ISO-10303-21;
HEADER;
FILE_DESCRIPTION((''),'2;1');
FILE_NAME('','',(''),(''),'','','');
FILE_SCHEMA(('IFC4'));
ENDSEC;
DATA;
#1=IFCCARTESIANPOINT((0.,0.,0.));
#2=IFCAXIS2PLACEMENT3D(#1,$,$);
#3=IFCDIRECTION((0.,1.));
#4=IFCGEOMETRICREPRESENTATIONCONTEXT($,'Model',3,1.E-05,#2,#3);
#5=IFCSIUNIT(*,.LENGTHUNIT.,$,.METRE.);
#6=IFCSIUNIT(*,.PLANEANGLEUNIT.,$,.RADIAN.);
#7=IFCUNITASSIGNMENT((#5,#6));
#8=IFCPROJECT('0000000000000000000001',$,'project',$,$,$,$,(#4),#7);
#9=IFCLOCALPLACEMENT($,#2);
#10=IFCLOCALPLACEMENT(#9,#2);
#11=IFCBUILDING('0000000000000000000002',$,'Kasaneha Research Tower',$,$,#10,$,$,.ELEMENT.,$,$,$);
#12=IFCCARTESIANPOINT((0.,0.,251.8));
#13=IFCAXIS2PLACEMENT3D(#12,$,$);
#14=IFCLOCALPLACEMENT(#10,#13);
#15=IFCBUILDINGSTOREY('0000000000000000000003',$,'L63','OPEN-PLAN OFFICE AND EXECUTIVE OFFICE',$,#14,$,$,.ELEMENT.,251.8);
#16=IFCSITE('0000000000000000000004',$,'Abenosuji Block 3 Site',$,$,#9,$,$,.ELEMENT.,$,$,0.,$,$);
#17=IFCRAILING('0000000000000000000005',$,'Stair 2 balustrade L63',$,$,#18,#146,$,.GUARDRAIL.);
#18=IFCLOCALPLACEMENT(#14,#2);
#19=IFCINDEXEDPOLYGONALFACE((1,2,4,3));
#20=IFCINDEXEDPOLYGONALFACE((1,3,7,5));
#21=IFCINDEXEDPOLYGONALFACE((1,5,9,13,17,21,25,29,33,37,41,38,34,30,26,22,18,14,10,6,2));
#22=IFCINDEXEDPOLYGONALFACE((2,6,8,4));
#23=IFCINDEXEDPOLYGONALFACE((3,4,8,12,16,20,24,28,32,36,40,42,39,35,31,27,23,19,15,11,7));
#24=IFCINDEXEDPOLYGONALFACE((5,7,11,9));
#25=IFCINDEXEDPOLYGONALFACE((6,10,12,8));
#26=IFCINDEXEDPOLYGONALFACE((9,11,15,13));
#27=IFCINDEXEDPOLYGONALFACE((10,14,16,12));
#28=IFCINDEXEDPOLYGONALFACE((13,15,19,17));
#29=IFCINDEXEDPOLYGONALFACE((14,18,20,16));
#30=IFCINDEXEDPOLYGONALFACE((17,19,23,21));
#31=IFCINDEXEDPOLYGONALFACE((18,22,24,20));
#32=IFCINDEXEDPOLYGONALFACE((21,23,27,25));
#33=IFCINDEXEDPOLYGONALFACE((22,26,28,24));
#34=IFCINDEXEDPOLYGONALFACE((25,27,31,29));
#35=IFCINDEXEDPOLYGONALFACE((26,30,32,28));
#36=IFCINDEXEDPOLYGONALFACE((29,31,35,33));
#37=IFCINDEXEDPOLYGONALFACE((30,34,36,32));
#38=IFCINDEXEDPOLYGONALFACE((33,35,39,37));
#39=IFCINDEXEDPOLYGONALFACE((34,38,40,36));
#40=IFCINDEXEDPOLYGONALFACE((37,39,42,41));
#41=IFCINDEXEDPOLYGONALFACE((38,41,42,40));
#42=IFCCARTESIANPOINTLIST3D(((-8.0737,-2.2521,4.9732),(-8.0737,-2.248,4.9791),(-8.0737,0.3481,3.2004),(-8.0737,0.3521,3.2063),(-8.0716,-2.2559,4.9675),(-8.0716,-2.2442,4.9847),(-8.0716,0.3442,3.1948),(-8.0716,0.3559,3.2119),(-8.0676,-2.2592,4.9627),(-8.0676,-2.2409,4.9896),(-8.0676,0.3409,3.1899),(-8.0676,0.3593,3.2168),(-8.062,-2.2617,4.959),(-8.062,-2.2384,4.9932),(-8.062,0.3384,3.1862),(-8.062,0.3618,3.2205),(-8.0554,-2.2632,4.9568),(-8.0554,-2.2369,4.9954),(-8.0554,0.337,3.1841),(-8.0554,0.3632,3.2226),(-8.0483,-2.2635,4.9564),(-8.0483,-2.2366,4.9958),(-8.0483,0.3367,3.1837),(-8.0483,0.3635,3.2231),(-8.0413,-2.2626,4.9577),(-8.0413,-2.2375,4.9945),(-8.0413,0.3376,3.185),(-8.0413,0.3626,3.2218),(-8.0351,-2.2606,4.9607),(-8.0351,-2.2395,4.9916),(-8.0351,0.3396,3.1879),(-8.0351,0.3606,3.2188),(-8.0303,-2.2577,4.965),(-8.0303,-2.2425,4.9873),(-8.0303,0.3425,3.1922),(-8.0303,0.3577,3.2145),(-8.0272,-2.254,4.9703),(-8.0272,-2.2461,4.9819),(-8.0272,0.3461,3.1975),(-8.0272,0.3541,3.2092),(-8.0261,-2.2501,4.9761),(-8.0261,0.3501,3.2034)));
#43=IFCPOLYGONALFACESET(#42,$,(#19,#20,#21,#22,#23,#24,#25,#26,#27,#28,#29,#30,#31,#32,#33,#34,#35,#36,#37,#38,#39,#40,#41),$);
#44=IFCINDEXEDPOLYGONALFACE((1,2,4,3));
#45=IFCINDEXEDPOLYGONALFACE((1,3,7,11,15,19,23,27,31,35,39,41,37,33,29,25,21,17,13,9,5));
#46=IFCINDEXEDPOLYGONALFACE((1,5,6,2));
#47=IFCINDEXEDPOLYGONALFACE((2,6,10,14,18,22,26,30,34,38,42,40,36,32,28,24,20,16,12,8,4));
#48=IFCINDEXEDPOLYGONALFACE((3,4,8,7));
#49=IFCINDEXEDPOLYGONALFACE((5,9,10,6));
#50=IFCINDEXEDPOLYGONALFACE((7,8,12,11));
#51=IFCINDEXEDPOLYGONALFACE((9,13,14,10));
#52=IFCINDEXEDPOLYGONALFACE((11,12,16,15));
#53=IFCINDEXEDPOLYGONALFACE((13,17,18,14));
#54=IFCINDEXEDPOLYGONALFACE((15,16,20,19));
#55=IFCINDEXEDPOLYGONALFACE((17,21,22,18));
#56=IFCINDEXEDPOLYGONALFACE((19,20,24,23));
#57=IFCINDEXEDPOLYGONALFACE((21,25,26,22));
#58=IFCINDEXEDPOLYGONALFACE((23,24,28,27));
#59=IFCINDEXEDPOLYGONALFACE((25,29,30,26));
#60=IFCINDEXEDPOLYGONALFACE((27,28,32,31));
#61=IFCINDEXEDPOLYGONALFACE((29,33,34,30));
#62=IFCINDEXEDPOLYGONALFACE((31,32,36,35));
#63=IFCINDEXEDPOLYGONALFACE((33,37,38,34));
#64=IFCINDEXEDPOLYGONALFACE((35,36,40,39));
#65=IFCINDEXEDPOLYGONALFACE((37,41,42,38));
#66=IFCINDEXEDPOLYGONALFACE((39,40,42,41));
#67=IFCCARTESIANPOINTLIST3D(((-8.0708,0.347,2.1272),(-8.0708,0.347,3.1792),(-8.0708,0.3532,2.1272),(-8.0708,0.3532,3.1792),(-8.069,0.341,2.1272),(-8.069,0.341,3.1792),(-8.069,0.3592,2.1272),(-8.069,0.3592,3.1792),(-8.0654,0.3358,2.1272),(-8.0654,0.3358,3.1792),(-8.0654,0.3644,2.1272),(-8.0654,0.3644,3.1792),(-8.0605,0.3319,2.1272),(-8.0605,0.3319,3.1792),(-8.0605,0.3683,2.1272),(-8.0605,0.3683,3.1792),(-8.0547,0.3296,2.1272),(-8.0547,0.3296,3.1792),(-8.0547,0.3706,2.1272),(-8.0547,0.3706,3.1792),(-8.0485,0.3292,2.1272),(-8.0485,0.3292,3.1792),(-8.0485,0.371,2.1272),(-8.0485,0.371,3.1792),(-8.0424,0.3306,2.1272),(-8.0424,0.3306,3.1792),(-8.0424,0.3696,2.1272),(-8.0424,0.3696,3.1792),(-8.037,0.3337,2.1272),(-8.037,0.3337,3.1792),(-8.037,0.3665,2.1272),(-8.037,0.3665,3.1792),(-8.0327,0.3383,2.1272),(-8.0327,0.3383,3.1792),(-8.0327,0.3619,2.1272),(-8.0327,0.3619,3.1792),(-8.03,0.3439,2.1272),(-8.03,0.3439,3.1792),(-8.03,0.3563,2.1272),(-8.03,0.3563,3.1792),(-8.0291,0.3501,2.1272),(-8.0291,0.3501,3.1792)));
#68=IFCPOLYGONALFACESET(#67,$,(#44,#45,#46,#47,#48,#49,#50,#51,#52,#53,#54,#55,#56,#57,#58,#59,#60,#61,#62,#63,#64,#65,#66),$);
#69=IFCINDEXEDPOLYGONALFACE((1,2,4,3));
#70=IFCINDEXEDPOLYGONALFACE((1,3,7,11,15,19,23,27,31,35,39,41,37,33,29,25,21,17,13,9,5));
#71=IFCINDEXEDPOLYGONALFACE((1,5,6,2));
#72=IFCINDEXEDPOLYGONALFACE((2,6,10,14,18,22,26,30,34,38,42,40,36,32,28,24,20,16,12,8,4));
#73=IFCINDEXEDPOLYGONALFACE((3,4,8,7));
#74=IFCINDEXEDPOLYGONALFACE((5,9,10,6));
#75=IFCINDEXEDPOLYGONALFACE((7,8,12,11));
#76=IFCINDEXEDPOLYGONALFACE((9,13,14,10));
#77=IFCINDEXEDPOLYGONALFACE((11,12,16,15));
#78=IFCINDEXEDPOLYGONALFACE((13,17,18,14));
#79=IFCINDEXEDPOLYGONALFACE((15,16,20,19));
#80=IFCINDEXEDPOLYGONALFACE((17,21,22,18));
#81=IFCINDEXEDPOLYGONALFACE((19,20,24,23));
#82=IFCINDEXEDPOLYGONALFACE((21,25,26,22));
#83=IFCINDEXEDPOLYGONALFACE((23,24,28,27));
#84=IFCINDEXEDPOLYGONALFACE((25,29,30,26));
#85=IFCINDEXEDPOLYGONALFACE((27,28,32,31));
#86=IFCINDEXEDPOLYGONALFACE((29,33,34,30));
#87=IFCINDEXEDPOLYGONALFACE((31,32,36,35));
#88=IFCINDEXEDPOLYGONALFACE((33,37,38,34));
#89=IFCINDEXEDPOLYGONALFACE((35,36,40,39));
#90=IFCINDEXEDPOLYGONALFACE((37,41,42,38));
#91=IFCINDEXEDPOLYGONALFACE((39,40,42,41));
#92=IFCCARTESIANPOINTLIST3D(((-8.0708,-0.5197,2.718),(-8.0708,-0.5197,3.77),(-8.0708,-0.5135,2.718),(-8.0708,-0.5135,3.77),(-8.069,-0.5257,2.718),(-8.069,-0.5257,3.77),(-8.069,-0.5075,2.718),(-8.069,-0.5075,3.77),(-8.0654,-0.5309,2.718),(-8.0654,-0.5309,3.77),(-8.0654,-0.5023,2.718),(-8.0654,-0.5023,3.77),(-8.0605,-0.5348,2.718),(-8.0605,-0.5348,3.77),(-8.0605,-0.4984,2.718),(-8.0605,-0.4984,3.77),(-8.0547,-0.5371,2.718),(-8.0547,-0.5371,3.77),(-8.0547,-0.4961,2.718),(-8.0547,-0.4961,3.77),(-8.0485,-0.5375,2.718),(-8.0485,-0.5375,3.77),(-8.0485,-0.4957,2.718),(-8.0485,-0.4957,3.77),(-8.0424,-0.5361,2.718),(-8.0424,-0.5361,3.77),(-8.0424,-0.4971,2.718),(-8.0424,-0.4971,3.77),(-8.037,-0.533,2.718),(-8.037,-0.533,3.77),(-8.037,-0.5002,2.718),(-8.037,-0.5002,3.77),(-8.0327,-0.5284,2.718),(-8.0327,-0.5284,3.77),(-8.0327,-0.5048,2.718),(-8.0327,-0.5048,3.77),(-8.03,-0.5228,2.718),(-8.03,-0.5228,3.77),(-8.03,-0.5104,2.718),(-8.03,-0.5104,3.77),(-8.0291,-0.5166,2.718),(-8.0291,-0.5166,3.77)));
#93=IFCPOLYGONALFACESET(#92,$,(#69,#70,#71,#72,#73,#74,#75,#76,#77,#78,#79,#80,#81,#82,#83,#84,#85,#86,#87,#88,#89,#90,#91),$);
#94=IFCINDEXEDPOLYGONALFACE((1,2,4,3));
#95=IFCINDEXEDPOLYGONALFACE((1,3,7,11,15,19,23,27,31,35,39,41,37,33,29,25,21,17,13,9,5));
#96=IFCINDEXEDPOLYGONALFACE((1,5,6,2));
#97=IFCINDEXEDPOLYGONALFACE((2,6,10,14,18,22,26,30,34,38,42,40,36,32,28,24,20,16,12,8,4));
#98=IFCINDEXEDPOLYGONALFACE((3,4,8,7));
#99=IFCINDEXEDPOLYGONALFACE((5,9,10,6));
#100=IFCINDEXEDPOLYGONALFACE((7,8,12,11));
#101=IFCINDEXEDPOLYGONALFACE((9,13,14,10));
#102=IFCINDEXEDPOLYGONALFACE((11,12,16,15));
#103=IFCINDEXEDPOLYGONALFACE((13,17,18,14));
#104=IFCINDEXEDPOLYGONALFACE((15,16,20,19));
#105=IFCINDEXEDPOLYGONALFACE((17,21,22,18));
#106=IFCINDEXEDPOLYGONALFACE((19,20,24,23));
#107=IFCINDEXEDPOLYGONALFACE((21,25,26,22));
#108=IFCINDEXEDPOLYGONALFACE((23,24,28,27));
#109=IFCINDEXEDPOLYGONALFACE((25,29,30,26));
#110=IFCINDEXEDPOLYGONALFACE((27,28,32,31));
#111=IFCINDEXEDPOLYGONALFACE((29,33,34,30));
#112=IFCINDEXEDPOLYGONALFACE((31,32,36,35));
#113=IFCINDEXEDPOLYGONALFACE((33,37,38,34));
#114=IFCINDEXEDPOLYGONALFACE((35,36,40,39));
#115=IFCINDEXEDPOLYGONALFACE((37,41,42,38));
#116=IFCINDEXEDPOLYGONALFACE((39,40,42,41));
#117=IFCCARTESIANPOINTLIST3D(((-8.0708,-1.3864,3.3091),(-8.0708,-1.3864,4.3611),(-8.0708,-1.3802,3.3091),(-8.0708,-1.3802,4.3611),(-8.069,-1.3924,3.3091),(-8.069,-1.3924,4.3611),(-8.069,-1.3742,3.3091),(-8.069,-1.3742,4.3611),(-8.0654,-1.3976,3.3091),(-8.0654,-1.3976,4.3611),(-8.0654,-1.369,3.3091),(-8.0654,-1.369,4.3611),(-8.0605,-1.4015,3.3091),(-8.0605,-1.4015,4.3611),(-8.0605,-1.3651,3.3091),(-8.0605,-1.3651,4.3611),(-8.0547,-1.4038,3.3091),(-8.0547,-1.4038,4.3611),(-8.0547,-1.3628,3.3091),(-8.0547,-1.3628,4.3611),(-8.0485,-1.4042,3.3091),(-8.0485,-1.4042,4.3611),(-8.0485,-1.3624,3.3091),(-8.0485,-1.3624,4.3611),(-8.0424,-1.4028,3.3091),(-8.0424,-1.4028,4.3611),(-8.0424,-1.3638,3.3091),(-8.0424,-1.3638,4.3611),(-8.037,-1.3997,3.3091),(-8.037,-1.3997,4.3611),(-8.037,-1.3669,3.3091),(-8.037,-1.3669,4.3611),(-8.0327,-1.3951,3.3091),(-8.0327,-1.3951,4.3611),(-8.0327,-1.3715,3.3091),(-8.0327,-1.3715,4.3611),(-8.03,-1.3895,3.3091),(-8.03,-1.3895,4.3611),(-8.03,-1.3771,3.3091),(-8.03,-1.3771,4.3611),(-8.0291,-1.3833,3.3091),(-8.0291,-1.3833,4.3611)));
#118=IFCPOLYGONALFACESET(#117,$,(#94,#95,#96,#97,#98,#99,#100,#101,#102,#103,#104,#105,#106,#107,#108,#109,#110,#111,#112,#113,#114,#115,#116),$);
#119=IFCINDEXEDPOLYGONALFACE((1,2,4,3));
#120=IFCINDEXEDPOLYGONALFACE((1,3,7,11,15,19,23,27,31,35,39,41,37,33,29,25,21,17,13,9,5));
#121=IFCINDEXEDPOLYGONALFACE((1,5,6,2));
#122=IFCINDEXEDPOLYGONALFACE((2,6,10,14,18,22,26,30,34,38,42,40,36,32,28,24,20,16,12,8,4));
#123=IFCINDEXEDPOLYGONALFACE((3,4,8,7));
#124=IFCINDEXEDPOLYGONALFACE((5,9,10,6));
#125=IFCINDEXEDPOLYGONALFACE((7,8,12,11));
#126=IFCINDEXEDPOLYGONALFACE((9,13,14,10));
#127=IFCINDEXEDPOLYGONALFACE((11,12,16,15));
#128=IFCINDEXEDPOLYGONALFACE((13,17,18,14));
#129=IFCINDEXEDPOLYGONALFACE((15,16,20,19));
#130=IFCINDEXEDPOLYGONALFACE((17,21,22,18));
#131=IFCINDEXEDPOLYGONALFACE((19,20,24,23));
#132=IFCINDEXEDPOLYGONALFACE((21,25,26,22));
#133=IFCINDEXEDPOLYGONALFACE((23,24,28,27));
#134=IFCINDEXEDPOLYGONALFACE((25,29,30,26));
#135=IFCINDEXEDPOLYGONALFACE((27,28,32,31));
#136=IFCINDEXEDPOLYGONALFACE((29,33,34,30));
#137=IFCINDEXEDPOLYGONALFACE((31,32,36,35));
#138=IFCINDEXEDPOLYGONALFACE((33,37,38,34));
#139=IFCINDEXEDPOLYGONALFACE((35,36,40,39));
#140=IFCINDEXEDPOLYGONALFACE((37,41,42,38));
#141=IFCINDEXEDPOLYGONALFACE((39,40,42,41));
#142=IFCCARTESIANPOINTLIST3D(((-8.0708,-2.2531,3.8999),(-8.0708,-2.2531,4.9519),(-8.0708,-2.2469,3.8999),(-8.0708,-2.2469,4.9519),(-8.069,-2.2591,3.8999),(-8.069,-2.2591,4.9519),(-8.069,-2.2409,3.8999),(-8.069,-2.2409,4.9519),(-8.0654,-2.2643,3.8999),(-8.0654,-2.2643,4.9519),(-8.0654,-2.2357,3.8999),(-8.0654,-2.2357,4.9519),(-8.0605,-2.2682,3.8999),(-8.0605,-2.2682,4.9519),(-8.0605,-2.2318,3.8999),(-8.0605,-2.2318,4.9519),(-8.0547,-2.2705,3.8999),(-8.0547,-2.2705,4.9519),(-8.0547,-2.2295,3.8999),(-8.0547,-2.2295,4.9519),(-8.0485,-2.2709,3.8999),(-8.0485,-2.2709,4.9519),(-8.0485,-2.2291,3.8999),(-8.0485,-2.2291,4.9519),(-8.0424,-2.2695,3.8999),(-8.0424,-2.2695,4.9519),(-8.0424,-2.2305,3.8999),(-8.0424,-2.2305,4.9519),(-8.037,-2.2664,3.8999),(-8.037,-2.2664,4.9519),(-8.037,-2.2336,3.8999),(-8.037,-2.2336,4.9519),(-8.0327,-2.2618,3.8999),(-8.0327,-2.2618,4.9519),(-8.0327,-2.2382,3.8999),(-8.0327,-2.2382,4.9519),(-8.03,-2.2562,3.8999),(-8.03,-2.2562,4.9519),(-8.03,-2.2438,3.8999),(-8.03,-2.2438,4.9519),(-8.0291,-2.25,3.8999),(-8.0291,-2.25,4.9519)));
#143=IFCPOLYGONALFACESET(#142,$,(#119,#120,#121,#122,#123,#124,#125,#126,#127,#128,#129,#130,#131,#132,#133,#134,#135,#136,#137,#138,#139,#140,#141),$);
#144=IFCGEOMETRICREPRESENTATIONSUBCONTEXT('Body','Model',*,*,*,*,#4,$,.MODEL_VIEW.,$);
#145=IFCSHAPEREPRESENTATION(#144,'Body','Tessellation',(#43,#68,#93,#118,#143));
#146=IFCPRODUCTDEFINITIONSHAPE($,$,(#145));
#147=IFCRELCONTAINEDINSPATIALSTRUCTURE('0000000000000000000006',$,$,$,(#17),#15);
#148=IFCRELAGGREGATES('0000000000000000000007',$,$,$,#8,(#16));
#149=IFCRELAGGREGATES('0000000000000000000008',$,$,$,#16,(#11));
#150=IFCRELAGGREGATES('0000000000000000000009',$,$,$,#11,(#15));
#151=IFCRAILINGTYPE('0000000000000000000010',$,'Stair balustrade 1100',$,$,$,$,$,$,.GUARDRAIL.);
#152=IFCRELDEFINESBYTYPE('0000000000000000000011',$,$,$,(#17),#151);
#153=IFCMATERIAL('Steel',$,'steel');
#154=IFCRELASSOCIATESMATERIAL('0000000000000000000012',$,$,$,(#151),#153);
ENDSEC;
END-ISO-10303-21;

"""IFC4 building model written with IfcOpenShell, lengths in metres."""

from ifc_helpers import new_model, si_unit, direction, frame, origin, origin_2d, place, context, subcontext, project, spatial, circle, extrude, material, type_object, element, save


model = new_model("IFC4")

# Units and contexts
model_context = context("Model", 3, precision=1e-05, world=origin(), true_north=direction((0.0, 1.0)))
body_context = subcontext(model_context, "Body", "Model", "MODEL_VIEW")
ifc_project = project(units=[si_unit("LENGTHUNIT", "METRE"), si_unit("PLANEANGLEUNIT", "RADIAN")], contexts=[model_context])

# Site, building, storey
site_placement = place(None, origin())
site = spatial("IfcSite", under=ifc_project, at=site_placement, Name="Abenosuji Block 3 Site", CompositionType="ELEMENT", RefElevation=0.0)
building_placement = place(site_placement, origin())
building = spatial("IfcBuilding", under=site, at=building_placement, Name="Kasaneha Research Tower", CompositionType="ELEMENT")
storey_placement = place(building_placement, frame((0.0, 0.0, 251.8)))
storey = spatial("IfcBuildingStorey", under=building, at=storey_placement, Name="L63", Description="OPEN-PLAN OFFICE AND EXECUTIVE OFFICE", CompositionType="ELEMENT", Elevation=251.8)

# Railing
ifc_material_1 = material(Name="Steel", Category="steel")
railing_type_1 = type_object("IfcRailingType", Name="Stair balustrade 1100", PredefinedType="GUARDRAIL", material=ifc_material_1)
railing_1_placement = place(storey_placement, frame((-8.05, 0.3501, 2.1272)))
element("IfcRailing", 1, at=railing_1_placement, inside=storey, type_object=railing_type_1, Name="Stair 2 balustrade L63", PredefinedType="GUARDRAIL", context=body_context, shape_type="SweptSolid", body=[
    extrude(circle(Radius=0.0239, at=origin_2d()), frame((0.0, 0.0, 1.0762), z_axis=(0.0, -0.82624, 0.563318), x_axis=(1.0, 0.0, 0.0)), (0.0, 0.0, 1.0), 3.147),
    extrude(circle(Radius=0.021, at=origin_2d()), origin(), (0.0, 0.0, 1.0), 1.052),
    extrude(circle(Radius=0.021, at=origin_2d()), frame((0.0, -0.8667, 0.5908)), (0.0, 0.0, 1.0), 1.052),
    extrude(circle(Radius=0.021, at=origin_2d()), frame((0.0, -1.7334, 1.1819)), (0.0, 0.0, 1.0), 1.052),
    extrude(circle(Radius=0.021, at=origin_2d()), frame((0.0, -2.6001, 1.7727)), (0.0, 0.0, 1.0), 1.052),
])

save(model, "model.ifc")
